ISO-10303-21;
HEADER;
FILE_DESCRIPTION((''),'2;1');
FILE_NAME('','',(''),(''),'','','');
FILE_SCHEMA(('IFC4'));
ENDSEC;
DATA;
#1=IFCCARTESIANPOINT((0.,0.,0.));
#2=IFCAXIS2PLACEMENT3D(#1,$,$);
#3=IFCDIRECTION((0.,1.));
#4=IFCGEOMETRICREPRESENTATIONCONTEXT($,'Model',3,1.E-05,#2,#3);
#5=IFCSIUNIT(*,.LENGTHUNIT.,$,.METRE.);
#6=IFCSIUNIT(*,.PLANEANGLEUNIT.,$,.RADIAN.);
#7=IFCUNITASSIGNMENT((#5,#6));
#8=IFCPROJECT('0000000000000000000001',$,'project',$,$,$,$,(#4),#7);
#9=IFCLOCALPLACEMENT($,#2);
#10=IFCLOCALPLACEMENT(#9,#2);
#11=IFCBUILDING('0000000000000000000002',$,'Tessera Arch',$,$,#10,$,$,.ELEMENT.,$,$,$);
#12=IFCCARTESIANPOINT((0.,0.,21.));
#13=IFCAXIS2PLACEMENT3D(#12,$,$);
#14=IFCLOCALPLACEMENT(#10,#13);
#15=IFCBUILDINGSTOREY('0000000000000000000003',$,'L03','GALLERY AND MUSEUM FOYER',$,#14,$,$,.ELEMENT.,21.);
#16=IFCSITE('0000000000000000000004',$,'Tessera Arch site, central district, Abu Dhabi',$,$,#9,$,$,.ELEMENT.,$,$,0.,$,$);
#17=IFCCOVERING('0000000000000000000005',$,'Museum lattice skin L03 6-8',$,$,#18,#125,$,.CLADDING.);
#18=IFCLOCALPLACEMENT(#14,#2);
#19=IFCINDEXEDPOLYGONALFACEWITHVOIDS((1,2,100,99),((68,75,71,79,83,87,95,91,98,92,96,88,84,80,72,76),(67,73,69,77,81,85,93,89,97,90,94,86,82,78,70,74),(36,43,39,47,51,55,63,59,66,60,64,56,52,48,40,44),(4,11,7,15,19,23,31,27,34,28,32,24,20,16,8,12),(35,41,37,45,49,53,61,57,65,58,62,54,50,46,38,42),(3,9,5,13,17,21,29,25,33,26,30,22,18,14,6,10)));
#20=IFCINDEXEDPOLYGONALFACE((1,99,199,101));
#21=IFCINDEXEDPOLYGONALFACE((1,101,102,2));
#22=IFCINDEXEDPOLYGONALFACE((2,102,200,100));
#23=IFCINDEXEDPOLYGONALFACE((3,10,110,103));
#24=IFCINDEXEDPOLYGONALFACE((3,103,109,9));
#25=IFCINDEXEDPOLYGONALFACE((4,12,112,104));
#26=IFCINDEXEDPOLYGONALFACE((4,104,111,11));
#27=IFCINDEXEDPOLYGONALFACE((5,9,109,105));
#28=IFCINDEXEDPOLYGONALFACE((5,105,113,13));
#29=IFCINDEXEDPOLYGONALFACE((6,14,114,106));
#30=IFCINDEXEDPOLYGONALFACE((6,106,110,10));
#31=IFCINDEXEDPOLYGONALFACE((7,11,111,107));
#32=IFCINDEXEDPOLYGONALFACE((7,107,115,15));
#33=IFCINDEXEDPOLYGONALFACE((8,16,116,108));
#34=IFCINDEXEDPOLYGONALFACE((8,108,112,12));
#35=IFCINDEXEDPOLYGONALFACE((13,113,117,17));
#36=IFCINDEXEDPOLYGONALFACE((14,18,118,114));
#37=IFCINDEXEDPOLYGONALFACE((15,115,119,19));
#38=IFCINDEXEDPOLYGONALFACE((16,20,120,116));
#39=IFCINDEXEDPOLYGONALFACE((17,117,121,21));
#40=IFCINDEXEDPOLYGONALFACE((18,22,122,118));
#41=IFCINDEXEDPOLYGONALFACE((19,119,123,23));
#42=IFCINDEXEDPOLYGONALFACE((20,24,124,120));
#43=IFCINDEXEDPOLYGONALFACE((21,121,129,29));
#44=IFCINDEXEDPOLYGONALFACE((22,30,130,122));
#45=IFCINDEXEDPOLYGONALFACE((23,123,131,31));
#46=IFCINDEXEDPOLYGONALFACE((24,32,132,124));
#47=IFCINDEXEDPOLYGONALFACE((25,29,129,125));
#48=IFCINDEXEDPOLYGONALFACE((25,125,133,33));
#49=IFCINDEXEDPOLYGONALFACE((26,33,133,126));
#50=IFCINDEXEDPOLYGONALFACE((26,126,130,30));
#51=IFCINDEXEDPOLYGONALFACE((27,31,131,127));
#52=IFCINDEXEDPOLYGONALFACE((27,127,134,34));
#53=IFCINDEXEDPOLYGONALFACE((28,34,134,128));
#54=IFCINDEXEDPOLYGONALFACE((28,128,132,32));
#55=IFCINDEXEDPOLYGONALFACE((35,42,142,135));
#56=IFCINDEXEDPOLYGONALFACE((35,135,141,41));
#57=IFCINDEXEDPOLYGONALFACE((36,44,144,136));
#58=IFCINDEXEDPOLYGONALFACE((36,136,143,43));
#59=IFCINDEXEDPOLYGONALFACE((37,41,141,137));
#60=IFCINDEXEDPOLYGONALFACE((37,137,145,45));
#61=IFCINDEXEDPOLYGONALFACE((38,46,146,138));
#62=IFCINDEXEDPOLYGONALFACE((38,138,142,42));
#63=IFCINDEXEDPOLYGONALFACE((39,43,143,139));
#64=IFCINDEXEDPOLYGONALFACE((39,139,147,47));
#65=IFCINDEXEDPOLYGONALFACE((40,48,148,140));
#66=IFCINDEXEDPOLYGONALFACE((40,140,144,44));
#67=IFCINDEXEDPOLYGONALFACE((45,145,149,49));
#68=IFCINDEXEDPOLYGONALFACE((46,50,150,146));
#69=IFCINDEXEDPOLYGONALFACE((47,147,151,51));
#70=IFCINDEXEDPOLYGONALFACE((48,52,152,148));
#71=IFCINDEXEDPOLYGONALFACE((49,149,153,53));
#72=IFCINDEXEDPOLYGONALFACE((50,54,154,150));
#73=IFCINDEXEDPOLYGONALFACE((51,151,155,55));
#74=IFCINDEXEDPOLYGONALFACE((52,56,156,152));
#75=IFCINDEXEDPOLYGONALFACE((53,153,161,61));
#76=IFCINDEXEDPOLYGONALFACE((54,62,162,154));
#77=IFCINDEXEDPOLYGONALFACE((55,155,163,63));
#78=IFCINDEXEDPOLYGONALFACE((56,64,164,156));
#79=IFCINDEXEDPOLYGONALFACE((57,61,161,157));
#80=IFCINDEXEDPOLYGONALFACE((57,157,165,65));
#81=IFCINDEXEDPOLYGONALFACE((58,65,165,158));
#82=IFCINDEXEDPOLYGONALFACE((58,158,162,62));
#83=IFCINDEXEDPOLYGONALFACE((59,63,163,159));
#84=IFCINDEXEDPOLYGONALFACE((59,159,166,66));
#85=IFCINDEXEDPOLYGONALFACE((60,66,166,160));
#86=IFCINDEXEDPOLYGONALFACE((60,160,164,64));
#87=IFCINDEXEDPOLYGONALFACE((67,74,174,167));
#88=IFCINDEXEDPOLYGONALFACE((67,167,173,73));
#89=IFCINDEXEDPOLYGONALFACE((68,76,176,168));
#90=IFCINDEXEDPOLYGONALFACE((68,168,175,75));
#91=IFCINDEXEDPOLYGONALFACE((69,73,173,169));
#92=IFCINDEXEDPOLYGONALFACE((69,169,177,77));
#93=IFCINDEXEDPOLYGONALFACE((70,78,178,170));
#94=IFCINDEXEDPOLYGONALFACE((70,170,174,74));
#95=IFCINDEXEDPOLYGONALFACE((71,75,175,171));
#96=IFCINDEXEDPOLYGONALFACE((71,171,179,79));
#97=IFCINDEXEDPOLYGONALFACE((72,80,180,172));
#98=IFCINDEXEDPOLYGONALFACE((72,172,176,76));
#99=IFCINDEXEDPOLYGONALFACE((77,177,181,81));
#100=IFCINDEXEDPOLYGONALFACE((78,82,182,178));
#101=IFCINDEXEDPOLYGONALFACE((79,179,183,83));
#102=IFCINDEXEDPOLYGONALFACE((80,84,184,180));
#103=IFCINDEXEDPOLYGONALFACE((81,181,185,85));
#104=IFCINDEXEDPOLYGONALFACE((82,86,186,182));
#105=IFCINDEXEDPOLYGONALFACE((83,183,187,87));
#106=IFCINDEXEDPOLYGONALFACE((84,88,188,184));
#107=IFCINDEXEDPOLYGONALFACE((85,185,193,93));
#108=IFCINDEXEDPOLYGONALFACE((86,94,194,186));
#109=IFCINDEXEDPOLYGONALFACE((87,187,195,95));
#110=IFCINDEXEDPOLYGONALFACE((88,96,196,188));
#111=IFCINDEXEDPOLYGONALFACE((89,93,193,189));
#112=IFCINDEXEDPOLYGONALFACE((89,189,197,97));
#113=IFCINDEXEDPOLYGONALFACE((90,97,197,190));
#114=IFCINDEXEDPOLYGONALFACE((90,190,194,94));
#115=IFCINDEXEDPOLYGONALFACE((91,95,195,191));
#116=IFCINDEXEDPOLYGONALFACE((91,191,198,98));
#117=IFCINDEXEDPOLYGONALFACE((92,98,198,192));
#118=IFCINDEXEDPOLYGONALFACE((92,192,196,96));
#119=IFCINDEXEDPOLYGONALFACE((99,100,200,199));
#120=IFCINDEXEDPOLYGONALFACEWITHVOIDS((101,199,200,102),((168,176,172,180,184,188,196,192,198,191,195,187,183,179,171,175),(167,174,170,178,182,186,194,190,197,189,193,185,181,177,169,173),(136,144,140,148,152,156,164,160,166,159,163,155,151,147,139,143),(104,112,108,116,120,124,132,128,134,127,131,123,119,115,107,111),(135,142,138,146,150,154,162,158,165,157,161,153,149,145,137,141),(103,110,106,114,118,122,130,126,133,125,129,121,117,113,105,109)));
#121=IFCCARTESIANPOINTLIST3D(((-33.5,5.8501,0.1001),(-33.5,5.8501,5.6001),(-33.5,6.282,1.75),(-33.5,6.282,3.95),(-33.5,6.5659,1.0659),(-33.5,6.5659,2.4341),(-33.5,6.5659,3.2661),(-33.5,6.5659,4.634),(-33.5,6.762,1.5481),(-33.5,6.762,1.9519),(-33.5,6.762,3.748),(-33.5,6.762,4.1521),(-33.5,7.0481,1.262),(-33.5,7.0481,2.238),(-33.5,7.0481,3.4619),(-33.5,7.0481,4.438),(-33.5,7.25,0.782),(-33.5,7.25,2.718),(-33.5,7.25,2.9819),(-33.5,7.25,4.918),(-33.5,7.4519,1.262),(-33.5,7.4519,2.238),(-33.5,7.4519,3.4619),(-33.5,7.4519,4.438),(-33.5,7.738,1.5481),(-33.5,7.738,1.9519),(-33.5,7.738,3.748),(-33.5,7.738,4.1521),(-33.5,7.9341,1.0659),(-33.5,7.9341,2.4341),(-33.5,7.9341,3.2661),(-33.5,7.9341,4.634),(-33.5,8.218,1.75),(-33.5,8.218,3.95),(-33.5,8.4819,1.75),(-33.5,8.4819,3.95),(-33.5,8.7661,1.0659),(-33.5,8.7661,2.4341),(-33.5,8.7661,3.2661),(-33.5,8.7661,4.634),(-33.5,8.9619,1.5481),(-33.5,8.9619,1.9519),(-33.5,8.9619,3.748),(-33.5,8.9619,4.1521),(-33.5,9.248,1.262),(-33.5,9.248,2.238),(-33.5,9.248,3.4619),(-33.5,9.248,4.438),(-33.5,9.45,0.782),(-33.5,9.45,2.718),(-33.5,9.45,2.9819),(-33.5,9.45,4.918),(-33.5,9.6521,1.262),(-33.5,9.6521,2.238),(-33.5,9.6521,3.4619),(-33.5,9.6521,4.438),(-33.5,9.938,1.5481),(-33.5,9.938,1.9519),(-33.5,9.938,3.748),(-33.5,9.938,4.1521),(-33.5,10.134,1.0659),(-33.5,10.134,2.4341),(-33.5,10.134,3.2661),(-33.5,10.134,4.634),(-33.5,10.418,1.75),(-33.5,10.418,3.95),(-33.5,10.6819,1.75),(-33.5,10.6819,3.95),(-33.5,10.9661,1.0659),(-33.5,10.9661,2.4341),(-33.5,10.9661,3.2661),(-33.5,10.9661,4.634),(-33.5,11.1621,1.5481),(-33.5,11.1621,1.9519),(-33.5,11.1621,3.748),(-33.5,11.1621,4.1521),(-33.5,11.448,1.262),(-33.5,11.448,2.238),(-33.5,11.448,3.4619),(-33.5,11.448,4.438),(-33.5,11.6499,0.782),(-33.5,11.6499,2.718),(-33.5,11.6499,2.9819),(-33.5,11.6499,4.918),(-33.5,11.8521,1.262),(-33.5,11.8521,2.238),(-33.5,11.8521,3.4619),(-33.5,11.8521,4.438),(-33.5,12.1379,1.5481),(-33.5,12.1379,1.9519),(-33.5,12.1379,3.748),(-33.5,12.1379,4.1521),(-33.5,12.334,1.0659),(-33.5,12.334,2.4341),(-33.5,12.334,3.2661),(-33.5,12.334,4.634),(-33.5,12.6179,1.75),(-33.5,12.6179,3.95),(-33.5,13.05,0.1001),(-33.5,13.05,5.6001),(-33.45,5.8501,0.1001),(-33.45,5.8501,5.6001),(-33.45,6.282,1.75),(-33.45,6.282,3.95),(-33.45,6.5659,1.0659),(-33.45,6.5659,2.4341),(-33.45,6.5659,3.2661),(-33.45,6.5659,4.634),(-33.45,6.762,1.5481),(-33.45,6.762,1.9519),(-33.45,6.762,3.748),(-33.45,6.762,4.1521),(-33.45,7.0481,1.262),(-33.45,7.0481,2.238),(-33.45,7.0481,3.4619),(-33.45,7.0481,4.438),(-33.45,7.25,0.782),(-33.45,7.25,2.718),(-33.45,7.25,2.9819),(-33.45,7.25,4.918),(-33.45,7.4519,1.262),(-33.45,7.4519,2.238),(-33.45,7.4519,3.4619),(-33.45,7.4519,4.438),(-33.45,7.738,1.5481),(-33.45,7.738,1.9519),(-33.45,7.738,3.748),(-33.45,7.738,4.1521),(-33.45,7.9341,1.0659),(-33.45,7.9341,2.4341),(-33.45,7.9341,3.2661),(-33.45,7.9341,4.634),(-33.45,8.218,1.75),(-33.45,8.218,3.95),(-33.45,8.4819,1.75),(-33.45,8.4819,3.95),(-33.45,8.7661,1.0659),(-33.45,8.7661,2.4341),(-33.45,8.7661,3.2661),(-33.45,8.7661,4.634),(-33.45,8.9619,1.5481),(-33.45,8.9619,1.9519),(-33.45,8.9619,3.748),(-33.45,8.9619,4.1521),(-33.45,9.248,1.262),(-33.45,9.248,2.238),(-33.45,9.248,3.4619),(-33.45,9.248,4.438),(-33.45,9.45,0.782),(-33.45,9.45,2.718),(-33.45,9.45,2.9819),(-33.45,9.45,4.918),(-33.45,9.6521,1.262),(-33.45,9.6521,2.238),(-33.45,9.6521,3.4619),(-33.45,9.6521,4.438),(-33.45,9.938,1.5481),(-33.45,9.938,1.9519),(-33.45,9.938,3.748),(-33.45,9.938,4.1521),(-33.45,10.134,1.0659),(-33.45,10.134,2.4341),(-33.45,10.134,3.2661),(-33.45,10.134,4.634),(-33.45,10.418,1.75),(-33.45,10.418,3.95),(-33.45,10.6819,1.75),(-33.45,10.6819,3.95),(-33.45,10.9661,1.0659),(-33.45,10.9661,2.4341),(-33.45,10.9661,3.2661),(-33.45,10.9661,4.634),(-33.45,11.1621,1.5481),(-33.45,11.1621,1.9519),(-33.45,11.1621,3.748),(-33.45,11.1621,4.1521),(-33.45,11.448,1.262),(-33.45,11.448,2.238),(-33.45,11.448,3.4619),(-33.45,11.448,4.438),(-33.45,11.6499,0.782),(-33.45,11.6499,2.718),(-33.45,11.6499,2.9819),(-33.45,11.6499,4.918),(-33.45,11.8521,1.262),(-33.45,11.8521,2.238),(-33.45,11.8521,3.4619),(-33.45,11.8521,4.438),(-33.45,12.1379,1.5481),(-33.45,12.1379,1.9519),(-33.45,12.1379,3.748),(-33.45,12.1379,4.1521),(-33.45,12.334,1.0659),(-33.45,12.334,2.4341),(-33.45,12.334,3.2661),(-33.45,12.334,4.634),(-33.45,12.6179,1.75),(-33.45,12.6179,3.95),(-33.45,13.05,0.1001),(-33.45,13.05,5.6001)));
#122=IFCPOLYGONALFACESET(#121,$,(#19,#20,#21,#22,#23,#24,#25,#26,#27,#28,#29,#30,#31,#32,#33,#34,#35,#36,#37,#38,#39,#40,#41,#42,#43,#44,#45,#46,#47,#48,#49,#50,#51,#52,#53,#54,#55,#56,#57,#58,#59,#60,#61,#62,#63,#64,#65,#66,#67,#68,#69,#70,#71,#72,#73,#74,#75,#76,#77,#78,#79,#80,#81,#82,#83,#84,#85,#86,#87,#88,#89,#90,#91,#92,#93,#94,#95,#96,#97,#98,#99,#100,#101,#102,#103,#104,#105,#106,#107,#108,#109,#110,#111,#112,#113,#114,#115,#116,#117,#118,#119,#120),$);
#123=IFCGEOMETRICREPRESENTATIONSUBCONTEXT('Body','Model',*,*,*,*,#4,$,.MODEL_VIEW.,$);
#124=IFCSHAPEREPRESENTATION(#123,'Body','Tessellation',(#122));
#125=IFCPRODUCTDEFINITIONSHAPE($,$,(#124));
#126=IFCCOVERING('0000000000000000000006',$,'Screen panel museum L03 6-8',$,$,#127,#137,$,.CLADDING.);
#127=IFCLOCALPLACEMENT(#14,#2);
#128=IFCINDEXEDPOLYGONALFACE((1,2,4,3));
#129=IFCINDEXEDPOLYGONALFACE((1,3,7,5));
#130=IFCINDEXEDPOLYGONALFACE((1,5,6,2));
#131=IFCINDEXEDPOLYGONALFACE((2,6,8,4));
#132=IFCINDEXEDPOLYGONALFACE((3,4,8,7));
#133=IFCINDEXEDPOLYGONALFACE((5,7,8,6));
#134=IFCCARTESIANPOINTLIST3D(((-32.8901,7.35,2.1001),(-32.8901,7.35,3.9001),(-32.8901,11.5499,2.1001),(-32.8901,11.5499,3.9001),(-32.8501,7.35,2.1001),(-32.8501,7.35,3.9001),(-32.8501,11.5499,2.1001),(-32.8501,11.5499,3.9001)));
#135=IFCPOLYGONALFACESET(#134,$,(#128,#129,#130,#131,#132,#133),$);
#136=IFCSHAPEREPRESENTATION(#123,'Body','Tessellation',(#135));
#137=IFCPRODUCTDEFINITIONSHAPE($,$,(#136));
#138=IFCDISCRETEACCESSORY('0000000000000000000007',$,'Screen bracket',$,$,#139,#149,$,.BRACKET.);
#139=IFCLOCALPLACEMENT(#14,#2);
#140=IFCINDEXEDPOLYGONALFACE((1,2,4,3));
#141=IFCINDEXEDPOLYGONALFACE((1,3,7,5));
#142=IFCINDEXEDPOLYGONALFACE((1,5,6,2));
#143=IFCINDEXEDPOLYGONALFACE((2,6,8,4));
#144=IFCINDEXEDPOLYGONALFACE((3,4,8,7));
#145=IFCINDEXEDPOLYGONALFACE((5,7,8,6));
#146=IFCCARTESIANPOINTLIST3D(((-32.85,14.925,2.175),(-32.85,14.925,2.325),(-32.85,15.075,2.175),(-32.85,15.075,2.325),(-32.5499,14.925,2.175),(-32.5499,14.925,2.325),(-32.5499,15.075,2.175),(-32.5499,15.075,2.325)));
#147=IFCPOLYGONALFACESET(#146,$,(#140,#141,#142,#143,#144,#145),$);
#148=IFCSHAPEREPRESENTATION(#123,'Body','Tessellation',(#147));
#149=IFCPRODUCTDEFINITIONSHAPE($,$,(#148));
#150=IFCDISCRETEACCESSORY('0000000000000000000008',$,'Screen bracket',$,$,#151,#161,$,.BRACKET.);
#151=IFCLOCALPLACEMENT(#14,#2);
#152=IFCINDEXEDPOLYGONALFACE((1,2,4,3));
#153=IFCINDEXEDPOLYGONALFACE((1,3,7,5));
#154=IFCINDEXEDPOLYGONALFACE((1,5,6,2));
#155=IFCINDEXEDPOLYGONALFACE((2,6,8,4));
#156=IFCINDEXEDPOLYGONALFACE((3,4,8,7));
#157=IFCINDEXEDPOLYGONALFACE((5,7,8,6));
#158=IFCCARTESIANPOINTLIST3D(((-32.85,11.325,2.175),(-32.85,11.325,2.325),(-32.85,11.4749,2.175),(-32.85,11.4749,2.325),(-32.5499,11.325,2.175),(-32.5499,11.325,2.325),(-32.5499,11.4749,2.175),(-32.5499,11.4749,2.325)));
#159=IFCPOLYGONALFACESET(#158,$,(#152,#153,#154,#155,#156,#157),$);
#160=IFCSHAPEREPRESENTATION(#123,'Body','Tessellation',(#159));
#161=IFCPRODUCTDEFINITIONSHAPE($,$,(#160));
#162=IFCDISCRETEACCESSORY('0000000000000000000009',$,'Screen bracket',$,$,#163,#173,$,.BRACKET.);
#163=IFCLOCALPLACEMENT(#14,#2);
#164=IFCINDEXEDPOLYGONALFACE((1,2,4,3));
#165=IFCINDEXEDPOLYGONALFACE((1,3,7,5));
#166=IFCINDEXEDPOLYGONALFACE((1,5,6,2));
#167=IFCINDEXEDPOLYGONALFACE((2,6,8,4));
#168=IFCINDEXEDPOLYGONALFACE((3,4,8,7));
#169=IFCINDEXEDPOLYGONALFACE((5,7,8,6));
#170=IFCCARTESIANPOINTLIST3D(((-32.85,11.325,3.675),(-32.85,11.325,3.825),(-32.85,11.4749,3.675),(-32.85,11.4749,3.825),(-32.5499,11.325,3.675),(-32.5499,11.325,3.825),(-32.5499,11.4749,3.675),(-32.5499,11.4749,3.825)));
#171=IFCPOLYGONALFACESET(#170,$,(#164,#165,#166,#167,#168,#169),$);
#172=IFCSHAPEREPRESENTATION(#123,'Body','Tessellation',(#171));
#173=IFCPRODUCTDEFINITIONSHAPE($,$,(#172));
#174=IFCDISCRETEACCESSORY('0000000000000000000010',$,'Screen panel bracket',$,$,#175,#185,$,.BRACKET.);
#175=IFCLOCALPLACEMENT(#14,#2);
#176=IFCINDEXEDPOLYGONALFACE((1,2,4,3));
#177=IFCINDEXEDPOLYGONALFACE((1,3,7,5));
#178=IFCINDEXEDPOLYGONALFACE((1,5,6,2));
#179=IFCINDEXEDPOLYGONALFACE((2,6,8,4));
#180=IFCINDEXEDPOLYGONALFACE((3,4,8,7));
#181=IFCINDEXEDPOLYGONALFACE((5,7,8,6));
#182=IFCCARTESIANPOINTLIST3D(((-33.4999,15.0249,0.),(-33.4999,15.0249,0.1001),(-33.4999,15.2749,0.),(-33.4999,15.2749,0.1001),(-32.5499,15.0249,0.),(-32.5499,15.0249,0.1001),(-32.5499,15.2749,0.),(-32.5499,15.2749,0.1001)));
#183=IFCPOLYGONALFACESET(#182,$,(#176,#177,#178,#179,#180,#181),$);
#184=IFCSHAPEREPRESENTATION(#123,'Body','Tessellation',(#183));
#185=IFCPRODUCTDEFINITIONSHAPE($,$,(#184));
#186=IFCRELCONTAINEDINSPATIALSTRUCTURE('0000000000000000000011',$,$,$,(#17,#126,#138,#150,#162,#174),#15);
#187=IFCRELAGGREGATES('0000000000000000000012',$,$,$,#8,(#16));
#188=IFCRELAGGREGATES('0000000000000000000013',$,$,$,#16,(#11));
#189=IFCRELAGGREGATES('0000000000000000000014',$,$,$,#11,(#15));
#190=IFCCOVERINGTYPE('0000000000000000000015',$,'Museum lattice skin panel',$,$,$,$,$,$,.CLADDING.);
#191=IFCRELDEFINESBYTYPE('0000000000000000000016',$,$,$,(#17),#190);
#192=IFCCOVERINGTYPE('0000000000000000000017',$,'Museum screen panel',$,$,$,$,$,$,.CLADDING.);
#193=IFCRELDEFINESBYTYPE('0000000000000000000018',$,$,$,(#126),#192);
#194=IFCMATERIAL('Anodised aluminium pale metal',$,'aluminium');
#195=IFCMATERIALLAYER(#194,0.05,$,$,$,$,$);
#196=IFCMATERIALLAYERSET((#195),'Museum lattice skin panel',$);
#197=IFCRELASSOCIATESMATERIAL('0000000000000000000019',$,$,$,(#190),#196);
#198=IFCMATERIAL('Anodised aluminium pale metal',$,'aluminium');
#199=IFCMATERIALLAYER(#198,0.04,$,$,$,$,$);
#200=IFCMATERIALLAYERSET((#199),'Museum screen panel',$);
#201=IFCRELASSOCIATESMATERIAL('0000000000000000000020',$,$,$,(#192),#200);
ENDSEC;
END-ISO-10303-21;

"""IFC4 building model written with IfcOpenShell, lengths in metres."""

from ifc_helpers import new_model, si_unit, direction, frame, origin, origin_2d, place, context, subcontext, project, spatial, polyline, rectangle, outline, extrude, material, layer, layer_set, type_object, element, save


model = new_model("IFC4")

# Units and contexts
model_context = context("Model", 3, precision=1e-05, world=origin(), true_north=direction((0.0, 1.0)))
body_context = subcontext(model_context, "Body", "Model", "MODEL_VIEW")
ifc_project = project(units=[si_unit("LENGTHUNIT", "METRE"), si_unit("PLANEANGLEUNIT", "RADIAN")], contexts=[model_context])

# Site, building, storey
site_placement = place(None, origin())
site = spatial("IfcSite", under=ifc_project, at=site_placement, Name="Tessera Arch site, central district, Abu Dhabi", CompositionType="ELEMENT", RefElevation=0.0)
building_placement = place(site_placement, origin())
building = spatial("IfcBuilding", under=site, at=building_placement, Name="Tessera Arch", CompositionType="ELEMENT")
storey_placement = place(building_placement, frame((0.0, 0.0, 21.0)))
storey = spatial("IfcBuildingStorey", under=building, at=storey_placement, Name="L03", Description="GALLERY AND MUSEUM FOYER", CompositionType="ELEMENT", Elevation=21.0)

# Coverings
ifc_material_1 = material(Name="Anodised aluminium pale metal", Category="aluminium")
ifc_layer_1 = layer(ifc_material_1, 0.05)
ifc_layer_set_1 = layer_set([ifc_layer_1], Name="Museum lattice skin panel")
covering_type_1 = type_object("IfcCoveringType", Name="Museum lattice skin panel", PredefinedType="CLADDING", material=ifc_layer_set_1)
covering_1_placement = place(storey_placement, frame((-33.45, 13.05, 5.6001), z_axis=(1.0, 0.0, 0.0), x_axis=(0.0, -1.0, 0.0)))
element("IfcCovering", 1, at=covering_1_placement, inside=storey, type_object=covering_type_1, Name="Museum lattice skin L03 6-8", PredefinedType="CLADDING", context=body_context, shape_type="SweptSolid", body=[
    extrude(outline(polyline([(0.0, 0.0), (7.2, 0.0), (7.2, 5.5), (0.0, 5.5), (0.0, 0.0)]), holes=[polyline([(2.3682, 3.8501), (1.8879, 3.6482), (2.084, 3.166), (1.6021, 3.3621), (1.4001, 2.8821), (1.198, 3.3621), (0.7161, 3.166), (0.9121, 3.6482), (0.4321, 3.8501), (0.9121, 4.052), (0.7161, 4.5342), (1.198, 4.3381), (1.4001, 4.8181), (1.6021, 4.3381), (2.084, 4.5342), (1.8879, 4.052), (2.3682, 3.8501)]), polyline([(2.3682, 1.6501), (1.8879, 1.448), (2.084, 0.9661), (1.6021, 1.1621), (1.4001, 0.6821), (1.198, 1.1621), (0.7161, 0.9661), (0.9121, 1.448), (0.4321, 1.6501), (0.9121, 1.8521), (0.7161, 2.334), (1.198, 2.1382), (1.4001, 2.6182), (1.6021, 2.1382), (2.084, 2.334), (1.8879, 1.8521), (2.3682, 1.6501)]), polyline([(4.5681, 3.8501), (4.0881, 3.6482), (4.2839, 3.166), (3.802, 3.3621), (3.6001, 2.8821), (3.3979, 3.3621), (2.916, 3.166), (3.1121, 3.6482), (2.6321, 3.8501), (3.1121, 4.052), (2.916, 4.5342), (3.3979, 4.3381), (3.6001, 4.8181), (3.802, 4.3381), (4.2839, 4.5342), (4.0881, 4.052), (4.5681, 3.8501)]), polyline([(4.5681, 1.6501), (4.0881, 1.448), (4.2839, 0.9661), (3.802, 1.1621), (3.6001, 0.6821), (3.3979, 1.1621), (2.916, 0.9661), (3.1121, 1.448), (2.6321, 1.6501), (3.1121, 1.8521), (2.916, 2.334), (3.3979, 2.1382), (3.6001, 2.6182), (3.802, 2.1382), (4.2839, 2.334), (4.0881, 1.8521), (4.5681, 1.6501)]), polyline([(6.7681, 3.8501), (6.2881, 3.6482), (6.4841, 3.166), (6.002, 3.3621), (5.8, 2.8821), (5.5981, 3.3621), (5.116, 3.166), (5.312, 3.6482), (4.832, 3.8501), (5.312, 4.052), (5.116, 4.5342), (5.5981, 4.3381), (5.8, 4.8181), (6.002, 4.3381), (6.4841, 4.5342), (6.2881, 4.052), (6.7681, 3.8501)]), polyline([(6.7681, 1.6501), (6.2881, 1.448), (6.4841, 0.9661), (6.002, 1.1621), (5.8, 0.6821), (5.5981, 1.1621), (5.116, 0.9661), (5.312, 1.448), (4.832, 1.6501), (5.312, 1.8521), (5.116, 2.334), (5.5981, 2.1382), (5.8, 2.6182), (6.002, 2.1382), (6.4841, 2.334), (6.2881, 1.8521), (6.7681, 1.6501)])]), origin(), (0.0, 0.0, -1.0), 0.05),
])
ifc_material_2 = material(Name="Anodised aluminium pale metal", Category="aluminium")
ifc_layer_2 = layer(ifc_material_2, 0.04)
ifc_layer_set_2 = layer_set([ifc_layer_2], Name="Museum screen panel")
covering_type_2 = type_object("IfcCoveringType", Name="Museum screen panel", PredefinedType="CLADDING", material=ifc_layer_set_2)
covering_2_placement = place(storey_placement, frame((-32.8701, 9.45, 2.1001), z_axis=(0.0, 0.0, 1.0), x_axis=(0.0, -1.0, 0.0)))
element("IfcCovering", 2, at=covering_2_placement, inside=storey, type_object=covering_type_2, Name="Screen panel museum L03 6-8", PredefinedType="CLADDING", context=body_context, shape_type="SweptSolid", body=[
    extrude(rectangle(XDim=4.2, YDim=0.04, at=origin_2d()), origin(), (0.0, 0.0, 1.0), 1.8),
])

# Discrete accessories
for number, where, z_axis, x_axis, name in (
    (3, (-32.7, 15.0, 2.175), (0.0, 0.0, 1.0), (-1.0, 0.0, 0.0), "Screen bracket"),
    (4, (-32.7, 11.3999, 2.175), (0.0, 0.0, 1.0), (-1.0, 0.0, 0.0), "Screen bracket"),
    (5, (-32.7, 11.3999, 3.675), (0.0, 0.0, 1.0), (-1.0, 0.0, 0.0), "Screen bracket"),
):
    element("IfcDiscreteAccessory", number, at=place(storey_placement, frame(where, z_axis=z_axis, x_axis=x_axis)), inside=storey, Name=name, PredefinedType="BRACKET", context=body_context, shape_type="SweptSolid", body=[
        extrude(rectangle(XDim=0.3, YDim=0.1499, at=origin_2d()), origin(), (0.0, 0.0, 1.0), 0.1499),
    ])
for number, where, z_axis, x_axis, name in (
    (6, (-33.0249, 15.1499, 0.0), (0.0, 0.0, 1.0), (-1.0, 0.0, 0.0), "Screen panel bracket"),
):
    element("IfcDiscreteAccessory", number, at=place(storey_placement, frame(where, z_axis=z_axis, x_axis=x_axis)), inside=storey, Name=name, PredefinedType="BRACKET", context=body_context, shape_type="SweptSolid", body=[
        extrude(rectangle(XDim=0.95, YDim=0.25, at=origin_2d()), origin(), (0.0, 0.0, 1.0), 0.1001),
    ])

save(model, "model.ifc")
